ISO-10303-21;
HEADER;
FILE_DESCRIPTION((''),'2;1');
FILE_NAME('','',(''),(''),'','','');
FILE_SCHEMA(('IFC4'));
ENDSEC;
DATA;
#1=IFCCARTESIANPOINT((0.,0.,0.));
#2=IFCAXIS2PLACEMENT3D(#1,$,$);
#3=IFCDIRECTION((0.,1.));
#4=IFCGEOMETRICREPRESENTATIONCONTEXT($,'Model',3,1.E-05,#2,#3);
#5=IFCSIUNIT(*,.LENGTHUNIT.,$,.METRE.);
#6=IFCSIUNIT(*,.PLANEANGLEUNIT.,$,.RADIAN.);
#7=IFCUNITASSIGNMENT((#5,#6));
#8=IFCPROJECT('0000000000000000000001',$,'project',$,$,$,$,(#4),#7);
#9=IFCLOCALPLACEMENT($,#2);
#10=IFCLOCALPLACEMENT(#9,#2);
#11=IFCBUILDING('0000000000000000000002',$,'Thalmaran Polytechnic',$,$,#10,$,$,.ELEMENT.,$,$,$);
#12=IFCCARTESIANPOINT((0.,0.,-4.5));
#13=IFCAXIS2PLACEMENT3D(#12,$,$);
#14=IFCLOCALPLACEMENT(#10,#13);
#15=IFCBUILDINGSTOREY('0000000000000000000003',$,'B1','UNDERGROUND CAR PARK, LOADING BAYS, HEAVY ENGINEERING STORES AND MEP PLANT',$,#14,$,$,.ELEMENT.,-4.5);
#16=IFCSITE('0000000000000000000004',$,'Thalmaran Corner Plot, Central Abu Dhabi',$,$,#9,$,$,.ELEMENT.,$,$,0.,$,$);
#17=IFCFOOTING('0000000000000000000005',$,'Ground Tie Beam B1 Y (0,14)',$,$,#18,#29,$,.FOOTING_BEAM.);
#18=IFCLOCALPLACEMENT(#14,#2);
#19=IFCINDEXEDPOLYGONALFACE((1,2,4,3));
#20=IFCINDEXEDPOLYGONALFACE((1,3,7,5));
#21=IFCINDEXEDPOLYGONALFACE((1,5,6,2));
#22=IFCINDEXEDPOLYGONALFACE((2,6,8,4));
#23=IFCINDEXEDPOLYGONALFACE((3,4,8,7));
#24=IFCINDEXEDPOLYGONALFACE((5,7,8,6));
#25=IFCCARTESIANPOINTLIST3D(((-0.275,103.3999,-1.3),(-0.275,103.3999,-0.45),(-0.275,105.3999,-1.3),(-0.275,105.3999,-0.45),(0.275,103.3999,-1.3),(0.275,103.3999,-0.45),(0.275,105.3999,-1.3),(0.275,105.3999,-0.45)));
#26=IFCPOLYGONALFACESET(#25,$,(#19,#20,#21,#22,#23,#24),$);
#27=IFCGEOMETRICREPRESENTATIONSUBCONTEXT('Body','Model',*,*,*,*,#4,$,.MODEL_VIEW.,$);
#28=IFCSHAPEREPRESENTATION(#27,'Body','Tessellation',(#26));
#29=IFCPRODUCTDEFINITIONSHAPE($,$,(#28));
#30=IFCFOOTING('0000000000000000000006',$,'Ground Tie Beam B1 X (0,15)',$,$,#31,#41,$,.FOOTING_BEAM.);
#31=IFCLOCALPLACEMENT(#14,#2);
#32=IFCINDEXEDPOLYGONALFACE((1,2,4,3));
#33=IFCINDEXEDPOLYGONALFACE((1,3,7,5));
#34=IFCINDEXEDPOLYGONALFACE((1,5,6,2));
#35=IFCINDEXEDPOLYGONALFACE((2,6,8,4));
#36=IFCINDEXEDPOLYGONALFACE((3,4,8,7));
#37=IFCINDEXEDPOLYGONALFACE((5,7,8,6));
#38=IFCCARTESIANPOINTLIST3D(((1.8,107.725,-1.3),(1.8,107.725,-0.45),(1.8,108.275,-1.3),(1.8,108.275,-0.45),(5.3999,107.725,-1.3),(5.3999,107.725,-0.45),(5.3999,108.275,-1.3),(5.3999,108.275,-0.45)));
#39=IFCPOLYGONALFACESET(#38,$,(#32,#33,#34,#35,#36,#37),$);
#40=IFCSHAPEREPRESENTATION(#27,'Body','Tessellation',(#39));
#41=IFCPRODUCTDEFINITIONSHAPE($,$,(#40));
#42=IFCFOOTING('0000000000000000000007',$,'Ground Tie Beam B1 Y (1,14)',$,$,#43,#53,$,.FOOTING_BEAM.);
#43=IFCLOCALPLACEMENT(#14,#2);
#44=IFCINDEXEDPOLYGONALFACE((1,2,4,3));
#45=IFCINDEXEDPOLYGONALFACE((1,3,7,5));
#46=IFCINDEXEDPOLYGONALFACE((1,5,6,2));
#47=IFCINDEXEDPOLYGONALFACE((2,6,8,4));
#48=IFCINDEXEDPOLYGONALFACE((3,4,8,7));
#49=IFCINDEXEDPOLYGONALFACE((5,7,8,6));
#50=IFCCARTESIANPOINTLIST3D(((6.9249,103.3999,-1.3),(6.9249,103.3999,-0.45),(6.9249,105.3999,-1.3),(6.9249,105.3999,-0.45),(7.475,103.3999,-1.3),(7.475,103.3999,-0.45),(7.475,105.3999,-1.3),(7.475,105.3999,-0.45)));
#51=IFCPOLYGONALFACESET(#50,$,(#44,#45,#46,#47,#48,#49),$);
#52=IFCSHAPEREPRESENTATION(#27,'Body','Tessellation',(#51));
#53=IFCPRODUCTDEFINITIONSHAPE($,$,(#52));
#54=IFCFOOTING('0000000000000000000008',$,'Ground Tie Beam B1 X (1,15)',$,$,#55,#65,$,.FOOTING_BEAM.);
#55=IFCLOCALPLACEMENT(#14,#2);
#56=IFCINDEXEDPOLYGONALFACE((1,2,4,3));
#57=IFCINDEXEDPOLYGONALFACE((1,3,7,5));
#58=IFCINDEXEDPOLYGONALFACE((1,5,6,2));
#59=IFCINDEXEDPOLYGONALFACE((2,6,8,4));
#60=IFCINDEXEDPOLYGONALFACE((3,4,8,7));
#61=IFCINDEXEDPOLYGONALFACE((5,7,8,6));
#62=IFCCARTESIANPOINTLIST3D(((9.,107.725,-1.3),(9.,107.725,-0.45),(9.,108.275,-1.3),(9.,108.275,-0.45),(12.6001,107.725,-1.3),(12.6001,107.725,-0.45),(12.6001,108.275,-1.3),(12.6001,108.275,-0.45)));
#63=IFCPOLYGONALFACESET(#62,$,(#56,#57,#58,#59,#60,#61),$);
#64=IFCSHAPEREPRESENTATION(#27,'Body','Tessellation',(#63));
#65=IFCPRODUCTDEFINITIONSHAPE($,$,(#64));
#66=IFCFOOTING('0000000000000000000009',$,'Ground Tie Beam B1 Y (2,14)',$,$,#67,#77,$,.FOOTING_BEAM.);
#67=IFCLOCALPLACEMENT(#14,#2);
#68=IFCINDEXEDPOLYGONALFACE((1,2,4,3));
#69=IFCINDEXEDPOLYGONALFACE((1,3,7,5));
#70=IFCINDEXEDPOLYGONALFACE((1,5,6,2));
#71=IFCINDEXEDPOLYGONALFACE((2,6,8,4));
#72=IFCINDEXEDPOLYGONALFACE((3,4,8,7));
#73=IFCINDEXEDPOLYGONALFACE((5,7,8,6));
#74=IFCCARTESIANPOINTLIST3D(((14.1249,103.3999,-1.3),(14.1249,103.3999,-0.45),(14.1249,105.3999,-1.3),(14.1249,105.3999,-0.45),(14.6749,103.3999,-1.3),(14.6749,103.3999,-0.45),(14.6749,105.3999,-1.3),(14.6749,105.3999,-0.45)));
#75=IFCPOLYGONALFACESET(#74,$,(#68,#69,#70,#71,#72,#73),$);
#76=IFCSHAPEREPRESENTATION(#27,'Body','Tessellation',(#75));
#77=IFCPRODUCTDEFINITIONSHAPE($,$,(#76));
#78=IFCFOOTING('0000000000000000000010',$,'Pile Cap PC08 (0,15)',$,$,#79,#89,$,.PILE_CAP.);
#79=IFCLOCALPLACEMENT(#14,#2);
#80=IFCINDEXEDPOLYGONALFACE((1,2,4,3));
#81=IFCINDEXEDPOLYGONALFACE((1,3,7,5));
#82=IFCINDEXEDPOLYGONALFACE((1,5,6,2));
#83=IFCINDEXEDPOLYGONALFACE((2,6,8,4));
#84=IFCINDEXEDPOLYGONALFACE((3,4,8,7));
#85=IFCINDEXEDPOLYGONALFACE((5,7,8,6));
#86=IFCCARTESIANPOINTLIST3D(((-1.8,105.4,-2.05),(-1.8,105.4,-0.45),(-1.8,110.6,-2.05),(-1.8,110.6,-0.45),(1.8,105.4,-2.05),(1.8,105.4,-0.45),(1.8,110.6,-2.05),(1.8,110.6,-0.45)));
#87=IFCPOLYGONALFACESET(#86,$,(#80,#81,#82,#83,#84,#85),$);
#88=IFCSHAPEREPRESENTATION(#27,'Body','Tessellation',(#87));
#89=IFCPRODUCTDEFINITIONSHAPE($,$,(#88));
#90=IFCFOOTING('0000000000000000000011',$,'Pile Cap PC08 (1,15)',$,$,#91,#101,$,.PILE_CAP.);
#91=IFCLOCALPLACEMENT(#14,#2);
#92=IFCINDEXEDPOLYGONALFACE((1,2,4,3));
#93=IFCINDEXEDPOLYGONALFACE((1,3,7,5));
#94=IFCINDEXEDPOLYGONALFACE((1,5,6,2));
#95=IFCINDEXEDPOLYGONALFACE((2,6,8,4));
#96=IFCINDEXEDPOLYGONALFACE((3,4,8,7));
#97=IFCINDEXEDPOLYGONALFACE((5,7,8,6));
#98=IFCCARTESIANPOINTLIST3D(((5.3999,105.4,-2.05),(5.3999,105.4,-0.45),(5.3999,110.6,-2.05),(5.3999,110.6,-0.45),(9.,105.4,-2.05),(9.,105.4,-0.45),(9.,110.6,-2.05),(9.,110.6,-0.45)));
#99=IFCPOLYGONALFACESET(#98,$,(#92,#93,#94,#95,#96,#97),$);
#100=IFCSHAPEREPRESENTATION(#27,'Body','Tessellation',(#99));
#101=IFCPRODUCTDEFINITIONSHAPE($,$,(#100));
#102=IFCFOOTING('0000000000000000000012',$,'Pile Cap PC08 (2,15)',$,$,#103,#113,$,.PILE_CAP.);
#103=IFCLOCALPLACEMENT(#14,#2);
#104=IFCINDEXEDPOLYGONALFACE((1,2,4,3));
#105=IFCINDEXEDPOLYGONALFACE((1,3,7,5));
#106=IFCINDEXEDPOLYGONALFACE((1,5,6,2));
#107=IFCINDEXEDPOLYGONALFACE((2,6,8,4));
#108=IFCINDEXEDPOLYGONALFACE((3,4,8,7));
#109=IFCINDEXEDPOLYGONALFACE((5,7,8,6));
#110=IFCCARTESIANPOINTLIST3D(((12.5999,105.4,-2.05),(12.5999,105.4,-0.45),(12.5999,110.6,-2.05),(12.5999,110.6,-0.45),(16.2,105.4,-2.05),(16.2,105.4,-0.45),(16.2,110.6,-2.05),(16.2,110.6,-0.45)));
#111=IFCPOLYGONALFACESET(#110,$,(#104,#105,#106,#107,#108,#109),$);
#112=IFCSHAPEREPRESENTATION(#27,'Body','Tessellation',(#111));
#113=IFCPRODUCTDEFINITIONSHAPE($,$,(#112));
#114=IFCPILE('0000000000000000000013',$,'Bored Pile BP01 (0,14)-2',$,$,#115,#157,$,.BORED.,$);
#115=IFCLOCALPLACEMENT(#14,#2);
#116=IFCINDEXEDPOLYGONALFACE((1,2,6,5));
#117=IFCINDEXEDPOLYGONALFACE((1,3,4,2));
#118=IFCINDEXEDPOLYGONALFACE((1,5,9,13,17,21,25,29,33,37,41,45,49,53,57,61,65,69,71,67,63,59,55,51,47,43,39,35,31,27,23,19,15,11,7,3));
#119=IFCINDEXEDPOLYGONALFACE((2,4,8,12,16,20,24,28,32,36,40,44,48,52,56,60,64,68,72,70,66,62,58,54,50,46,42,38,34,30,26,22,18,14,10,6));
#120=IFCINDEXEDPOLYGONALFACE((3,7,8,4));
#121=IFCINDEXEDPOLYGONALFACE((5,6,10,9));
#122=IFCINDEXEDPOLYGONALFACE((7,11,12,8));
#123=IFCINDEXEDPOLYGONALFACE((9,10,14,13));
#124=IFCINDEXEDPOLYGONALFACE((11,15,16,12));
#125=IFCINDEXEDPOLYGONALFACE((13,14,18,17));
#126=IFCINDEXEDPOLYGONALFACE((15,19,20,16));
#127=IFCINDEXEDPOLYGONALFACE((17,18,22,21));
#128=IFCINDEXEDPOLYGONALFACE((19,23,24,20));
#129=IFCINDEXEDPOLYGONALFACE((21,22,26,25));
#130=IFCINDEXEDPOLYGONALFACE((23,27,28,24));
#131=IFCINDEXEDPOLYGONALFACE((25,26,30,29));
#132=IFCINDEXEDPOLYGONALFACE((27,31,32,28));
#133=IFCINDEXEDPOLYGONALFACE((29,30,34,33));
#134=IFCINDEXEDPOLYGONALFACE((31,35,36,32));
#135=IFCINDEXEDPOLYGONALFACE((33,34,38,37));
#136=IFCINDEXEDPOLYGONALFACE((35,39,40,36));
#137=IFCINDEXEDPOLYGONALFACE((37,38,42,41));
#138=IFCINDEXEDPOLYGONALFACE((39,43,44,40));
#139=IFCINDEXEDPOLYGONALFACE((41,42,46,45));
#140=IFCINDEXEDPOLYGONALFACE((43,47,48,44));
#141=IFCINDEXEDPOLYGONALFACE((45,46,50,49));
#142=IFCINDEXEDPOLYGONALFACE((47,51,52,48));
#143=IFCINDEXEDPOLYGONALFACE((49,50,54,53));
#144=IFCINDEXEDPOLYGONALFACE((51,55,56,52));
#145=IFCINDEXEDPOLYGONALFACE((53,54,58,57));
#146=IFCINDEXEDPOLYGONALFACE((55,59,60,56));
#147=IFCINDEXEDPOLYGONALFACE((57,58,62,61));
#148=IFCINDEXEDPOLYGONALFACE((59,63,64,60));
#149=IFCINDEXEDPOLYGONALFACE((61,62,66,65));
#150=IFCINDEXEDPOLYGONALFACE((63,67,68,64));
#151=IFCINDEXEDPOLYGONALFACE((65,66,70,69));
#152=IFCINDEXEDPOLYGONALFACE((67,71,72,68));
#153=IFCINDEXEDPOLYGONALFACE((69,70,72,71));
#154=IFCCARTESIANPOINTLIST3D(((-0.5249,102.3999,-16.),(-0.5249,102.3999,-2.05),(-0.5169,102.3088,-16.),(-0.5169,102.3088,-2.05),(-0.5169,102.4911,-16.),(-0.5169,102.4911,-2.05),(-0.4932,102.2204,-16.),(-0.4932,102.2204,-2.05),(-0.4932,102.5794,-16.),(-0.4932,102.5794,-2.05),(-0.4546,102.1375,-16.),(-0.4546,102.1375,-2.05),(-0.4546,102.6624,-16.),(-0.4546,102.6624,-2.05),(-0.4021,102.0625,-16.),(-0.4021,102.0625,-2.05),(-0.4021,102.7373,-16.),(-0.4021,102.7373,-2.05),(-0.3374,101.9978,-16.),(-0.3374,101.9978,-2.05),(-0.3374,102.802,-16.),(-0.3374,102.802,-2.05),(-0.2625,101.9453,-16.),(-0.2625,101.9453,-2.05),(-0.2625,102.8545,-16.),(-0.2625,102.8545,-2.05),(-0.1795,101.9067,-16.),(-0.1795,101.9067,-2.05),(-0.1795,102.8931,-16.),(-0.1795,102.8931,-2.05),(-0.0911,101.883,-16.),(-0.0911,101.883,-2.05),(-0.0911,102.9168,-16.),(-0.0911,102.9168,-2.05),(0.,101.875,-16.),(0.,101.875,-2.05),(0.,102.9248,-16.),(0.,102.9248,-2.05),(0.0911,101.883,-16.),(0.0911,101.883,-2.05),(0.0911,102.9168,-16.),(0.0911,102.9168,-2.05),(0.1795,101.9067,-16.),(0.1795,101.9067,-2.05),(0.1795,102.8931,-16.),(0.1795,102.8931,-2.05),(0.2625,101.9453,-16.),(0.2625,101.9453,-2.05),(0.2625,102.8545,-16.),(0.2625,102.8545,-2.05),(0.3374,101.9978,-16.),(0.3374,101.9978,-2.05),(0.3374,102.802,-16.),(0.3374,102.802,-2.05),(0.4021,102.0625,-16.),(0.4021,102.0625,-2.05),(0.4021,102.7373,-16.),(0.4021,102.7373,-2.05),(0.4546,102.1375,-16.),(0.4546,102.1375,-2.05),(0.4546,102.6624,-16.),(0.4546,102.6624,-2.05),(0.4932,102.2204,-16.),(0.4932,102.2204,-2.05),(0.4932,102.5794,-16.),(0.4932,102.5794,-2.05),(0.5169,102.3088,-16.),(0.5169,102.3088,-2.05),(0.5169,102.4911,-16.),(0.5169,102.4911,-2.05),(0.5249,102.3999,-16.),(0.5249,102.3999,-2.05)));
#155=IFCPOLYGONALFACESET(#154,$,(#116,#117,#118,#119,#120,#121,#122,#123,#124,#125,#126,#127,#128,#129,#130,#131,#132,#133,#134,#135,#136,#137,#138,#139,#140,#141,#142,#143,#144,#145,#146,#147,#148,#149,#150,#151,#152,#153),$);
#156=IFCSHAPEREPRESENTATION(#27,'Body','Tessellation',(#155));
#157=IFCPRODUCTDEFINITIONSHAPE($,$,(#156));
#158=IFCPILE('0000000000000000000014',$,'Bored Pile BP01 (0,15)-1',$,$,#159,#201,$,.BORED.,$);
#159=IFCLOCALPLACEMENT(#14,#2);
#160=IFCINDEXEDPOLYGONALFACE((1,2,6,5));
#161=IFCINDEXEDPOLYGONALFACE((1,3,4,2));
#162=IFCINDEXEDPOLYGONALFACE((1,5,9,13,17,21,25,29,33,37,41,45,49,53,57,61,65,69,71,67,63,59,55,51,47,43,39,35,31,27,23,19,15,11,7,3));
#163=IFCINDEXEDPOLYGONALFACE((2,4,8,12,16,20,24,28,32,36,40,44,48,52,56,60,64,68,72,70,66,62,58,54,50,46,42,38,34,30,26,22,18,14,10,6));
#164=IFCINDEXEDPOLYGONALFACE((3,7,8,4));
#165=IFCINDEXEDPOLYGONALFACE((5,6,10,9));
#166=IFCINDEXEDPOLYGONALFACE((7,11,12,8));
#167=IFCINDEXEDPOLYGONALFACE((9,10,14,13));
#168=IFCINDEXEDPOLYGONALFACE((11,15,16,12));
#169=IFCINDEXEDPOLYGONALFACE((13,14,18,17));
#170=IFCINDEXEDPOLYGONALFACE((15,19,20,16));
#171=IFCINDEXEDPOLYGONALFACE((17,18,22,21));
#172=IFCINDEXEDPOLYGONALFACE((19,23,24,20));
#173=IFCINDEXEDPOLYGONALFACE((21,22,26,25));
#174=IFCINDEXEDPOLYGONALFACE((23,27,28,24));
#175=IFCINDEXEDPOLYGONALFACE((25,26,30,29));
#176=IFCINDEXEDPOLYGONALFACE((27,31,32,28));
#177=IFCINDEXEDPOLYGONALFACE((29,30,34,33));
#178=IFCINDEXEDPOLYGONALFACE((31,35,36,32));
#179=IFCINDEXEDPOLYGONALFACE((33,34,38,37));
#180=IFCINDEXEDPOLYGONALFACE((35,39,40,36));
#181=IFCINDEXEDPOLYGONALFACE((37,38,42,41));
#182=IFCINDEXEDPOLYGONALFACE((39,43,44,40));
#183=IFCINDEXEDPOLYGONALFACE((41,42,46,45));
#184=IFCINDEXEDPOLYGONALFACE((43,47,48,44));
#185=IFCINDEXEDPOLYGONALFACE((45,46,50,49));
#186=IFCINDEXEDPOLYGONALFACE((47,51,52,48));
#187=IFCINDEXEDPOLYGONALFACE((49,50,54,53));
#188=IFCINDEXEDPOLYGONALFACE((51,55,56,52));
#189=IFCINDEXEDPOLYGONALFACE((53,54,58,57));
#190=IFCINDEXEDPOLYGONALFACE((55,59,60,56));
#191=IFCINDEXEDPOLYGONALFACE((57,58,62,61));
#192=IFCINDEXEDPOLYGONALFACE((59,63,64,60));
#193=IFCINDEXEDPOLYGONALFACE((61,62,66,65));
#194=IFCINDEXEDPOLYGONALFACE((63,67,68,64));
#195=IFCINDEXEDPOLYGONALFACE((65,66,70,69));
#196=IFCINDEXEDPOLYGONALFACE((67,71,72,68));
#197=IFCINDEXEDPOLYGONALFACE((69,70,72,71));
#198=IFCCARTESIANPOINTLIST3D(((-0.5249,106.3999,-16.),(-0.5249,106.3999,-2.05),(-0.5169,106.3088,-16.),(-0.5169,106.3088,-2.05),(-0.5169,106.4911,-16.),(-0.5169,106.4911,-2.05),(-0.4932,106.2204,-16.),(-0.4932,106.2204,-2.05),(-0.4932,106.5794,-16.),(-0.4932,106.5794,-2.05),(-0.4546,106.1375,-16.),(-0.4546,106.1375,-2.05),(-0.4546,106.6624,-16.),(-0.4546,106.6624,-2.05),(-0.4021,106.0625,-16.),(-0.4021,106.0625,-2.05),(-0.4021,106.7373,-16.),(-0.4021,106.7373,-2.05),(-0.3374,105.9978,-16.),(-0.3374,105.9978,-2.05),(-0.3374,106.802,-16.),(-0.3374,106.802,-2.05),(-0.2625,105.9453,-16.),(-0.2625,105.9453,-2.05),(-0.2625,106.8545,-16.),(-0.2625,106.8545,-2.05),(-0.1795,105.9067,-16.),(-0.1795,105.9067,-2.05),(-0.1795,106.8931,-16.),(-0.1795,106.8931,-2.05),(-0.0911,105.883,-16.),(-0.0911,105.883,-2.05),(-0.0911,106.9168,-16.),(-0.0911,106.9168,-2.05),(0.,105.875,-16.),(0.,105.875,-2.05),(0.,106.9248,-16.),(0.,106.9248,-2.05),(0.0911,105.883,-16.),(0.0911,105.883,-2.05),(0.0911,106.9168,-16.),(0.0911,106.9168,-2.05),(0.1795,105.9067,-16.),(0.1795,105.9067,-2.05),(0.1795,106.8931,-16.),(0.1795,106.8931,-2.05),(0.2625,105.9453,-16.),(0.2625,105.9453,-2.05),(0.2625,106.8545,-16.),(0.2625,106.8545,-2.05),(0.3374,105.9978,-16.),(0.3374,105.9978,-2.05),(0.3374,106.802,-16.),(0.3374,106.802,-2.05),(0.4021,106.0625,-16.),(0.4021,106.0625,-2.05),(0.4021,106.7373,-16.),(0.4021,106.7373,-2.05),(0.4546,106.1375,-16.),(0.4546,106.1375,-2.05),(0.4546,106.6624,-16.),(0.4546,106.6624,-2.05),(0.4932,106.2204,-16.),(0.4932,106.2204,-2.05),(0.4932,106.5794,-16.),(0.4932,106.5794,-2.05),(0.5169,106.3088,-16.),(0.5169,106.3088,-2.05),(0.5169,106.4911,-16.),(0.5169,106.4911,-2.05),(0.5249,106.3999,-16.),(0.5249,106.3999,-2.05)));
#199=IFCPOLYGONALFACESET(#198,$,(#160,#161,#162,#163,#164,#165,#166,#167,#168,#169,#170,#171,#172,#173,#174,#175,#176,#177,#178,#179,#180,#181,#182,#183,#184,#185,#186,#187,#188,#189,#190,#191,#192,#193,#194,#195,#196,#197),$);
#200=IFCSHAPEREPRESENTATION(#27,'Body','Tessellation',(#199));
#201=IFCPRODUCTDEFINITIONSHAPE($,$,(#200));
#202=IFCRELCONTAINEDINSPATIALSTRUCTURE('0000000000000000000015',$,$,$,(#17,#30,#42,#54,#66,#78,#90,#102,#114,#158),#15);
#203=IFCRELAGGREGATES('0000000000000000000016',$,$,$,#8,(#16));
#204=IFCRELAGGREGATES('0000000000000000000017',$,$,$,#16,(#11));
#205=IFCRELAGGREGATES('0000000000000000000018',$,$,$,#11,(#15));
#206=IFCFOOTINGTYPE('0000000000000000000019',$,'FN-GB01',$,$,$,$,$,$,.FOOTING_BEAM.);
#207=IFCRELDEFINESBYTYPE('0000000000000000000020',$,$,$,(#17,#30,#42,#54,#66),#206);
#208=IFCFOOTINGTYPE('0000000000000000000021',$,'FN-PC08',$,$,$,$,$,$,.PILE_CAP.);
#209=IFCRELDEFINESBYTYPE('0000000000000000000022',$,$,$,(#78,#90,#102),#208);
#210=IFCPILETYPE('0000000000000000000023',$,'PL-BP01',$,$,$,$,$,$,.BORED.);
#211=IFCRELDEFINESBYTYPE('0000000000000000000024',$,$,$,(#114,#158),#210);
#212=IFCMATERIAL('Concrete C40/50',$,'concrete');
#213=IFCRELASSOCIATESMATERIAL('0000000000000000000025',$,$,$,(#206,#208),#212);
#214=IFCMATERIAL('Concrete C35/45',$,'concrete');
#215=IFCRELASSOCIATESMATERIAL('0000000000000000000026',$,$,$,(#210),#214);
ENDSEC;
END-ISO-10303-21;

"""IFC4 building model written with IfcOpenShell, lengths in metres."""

from ifc_helpers import new_model, si_unit, direction, frame, origin, origin_2d, place, context, subcontext, project, spatial, rectangle, circle, extrude, material, material_profile, profile_set, type_object, element, save


model = new_model("IFC4")

# Units and contexts
model_context = context("Model", 3, precision=1e-05, world=origin(), true_north=direction((0.0, 1.0)))
body_context = subcontext(model_context, "Body", "Model", "MODEL_VIEW")
ifc_project = project(units=[si_unit("LENGTHUNIT", "METRE"), si_unit("PLANEANGLEUNIT", "RADIAN")], contexts=[model_context])

# Site, building, storey
site_placement = place(None, origin())
site = spatial("IfcSite", under=ifc_project, at=site_placement, Name="Thalmaran Corner Plot, Central Abu Dhabi", CompositionType="ELEMENT", RefElevation=0.0)
building_placement = place(site_placement, origin())
building = spatial("IfcBuilding", under=site, at=building_placement, Name="Thalmaran Polytechnic", CompositionType="ELEMENT")
storey_placement = place(building_placement, frame((0.0, 0.0, -4.5)))
storey = spatial("IfcBuildingStorey", under=building, at=storey_placement, Name="B1", Description="UNDERGROUND CAR PARK, LOADING BAYS, HEAVY ENGINEERING STORES AND MEP PLANT", CompositionType="ELEMENT", Elevation=-4.5)

# Footings
ifc_material_1 = material(Name="Concrete C40/50", Category="concrete")
ifc_material_profile_1 = material_profile(ifc_material_1, rectangle(XDim=0.55, YDim=0.8501, at=origin_2d()), Name="RC 550x850")
ifc_profile_set_1 = profile_set([ifc_material_profile_1], Name="Concrete C40/50")
footing_type_1 = type_object("IfcFootingType", Name="FN-GB01", PredefinedType="FOOTING_BEAM", material=ifc_profile_set_1)
footing_1_placement = place(storey_placement, frame((0.0, 103.3999, -0.875), z_axis=(0.0, 1.0, 0.0), x_axis=(-1.0, 0.0, 0.0)))
element("IfcFooting", 1, at=footing_1_placement, inside=storey, type_object=footing_type_1, Name="Ground Tie Beam B1 Y (0,14)", PredefinedType="FOOTING_BEAM", context=body_context, shape_type="SweptSolid", body=[
    extrude(rectangle(XDim=0.55, YDim=0.8501, at=origin_2d()), origin(), (0.0, 0.0, 1.0), 2.0),
])
footing_2_placement = place(storey_placement, frame((1.8, 108.0, -0.875), z_axis=(1.0, 0.0, 0.0), x_axis=(0.0, 1.0, 0.0)))
element("IfcFooting", 2, at=footing_2_placement, inside=storey, type_object=footing_type_1, Name="Ground Tie Beam B1 X (0,15)", PredefinedType="FOOTING_BEAM", context=body_context, shape_type="SweptSolid", body=[
    extrude(rectangle(XDim=0.55, YDim=0.8501, at=origin_2d()), origin(), (0.0, 0.0, 1.0), 3.5999),
])
footing_3_placement = place(storey_placement, frame((7.2, 103.3999, -0.875), z_axis=(0.0, 1.0, 0.0), x_axis=(-1.0, 0.0, 0.0)))
element("IfcFooting", 3, at=footing_3_placement, inside=storey, type_object=footing_type_1, Name="Ground Tie Beam B1 Y (1,14)", PredefinedType="FOOTING_BEAM", context=body_context, shape_type="SweptSolid", body=[
    extrude(rectangle(XDim=0.55, YDim=0.8501, at=origin_2d()), origin(), (0.0, 0.0, 1.0), 2.0),
])
footing_4_placement = place(storey_placement, frame((9.0, 108.0, -0.875), z_axis=(1.0, 0.0, 0.0), x_axis=(0.0, 1.0, 0.0)))
element("IfcFooting", 4, at=footing_4_placement, inside=storey, type_object=footing_type_1, Name="Ground Tie Beam B1 X (1,15)", PredefinedType="FOOTING_BEAM", context=body_context, shape_type="SweptSolid", body=[
    extrude(rectangle(XDim=0.55, YDim=0.8501, at=origin_2d()), origin(), (0.0, 0.0, 1.0), 3.6001),
])
footing_5_placement = place(storey_placement, frame((14.3999, 103.3999, -0.875), z_axis=(0.0, 1.0, 0.0), x_axis=(-1.0, 0.0, 0.0)))
element("IfcFooting", 5, at=footing_5_placement, inside=storey, type_object=footing_type_1, Name="Ground Tie Beam B1 Y (2,14)", PredefinedType="FOOTING_BEAM", context=body_context, shape_type="SweptSolid", body=[
    extrude(rectangle(XDim=0.55, YDim=0.8501, at=origin_2d()), origin(), (0.0, 0.0, 1.0), 2.0),
])
footing_type_2 = type_object("IfcFootingType", Name="FN-PC08", PredefinedType="PILE_CAP", material=ifc_material_1)
for number, where, z_axis, x_axis, name in (
    (6, (0.0, 108.0, -2.05), (0.0, 0.0, 1.0), (1.0, 0.0, 0.0), "Pile Cap PC08 (0,15)"),
    (7, (7.2, 108.0, -2.05), (0.0, 0.0, 1.0), (1.0, 0.0, 0.0), "Pile Cap PC08 (1,15)"),
    (8, (14.3999, 108.0, -2.05), (0.0, 0.0, 1.0), (1.0, 0.0, 0.0), "Pile Cap PC08 (2,15)"),
):
    element("IfcFooting", number, at=place(storey_placement, frame(where, z_axis=z_axis, x_axis=x_axis)), inside=storey, type_object=footing_type_2, Name=name, PredefinedType="PILE_CAP", context=body_context, shape_type="SweptSolid", body=[
        extrude(rectangle(XDim=3.6001, YDim=5.2, at=origin_2d()), origin(), (0.0, 0.0, 1.0), 1.6001),
    ])

# Piles
ifc_material_2 = material(Name="Concrete C35/45", Category="concrete")
ifc_material_profile_2 = material_profile(ifc_material_2, circle(Radius=0.5249, at=origin_2d()), Name="RC 1050 DIA")
ifc_profile_set_2 = profile_set([ifc_material_profile_2], Name="Concrete C35/45")
pile_type = type_object("IfcPileType", Name="PL-BP01", PredefinedType="BORED", material=ifc_profile_set_2)
for number, where, z_axis, x_axis, name in (
    (9, (0.0, 102.3999, -2.05), (0.0, 0.0, -1.0), (1.0, 0.0, 0.0), "Bored Pile BP01 (0,14)-2"),
    (10, (0.0, 106.3999, -2.05), (0.0, 0.0, -1.0), (1.0, 0.0, 0.0), "Bored Pile BP01 (0,15)-1"),
):
    element("IfcPile", number, at=place(storey_placement, frame(where, z_axis=z_axis, x_axis=x_axis)), inside=storey, type_object=pile_type, Name=name, PredefinedType="BORED", context=body_context, shape_type="SweptSolid", body=[
        extrude(circle(Radius=0.5249, at=origin_2d()), origin(), (0.0, 0.0, 1.0), 13.95),
    ])

save(model, "model.ifc")
